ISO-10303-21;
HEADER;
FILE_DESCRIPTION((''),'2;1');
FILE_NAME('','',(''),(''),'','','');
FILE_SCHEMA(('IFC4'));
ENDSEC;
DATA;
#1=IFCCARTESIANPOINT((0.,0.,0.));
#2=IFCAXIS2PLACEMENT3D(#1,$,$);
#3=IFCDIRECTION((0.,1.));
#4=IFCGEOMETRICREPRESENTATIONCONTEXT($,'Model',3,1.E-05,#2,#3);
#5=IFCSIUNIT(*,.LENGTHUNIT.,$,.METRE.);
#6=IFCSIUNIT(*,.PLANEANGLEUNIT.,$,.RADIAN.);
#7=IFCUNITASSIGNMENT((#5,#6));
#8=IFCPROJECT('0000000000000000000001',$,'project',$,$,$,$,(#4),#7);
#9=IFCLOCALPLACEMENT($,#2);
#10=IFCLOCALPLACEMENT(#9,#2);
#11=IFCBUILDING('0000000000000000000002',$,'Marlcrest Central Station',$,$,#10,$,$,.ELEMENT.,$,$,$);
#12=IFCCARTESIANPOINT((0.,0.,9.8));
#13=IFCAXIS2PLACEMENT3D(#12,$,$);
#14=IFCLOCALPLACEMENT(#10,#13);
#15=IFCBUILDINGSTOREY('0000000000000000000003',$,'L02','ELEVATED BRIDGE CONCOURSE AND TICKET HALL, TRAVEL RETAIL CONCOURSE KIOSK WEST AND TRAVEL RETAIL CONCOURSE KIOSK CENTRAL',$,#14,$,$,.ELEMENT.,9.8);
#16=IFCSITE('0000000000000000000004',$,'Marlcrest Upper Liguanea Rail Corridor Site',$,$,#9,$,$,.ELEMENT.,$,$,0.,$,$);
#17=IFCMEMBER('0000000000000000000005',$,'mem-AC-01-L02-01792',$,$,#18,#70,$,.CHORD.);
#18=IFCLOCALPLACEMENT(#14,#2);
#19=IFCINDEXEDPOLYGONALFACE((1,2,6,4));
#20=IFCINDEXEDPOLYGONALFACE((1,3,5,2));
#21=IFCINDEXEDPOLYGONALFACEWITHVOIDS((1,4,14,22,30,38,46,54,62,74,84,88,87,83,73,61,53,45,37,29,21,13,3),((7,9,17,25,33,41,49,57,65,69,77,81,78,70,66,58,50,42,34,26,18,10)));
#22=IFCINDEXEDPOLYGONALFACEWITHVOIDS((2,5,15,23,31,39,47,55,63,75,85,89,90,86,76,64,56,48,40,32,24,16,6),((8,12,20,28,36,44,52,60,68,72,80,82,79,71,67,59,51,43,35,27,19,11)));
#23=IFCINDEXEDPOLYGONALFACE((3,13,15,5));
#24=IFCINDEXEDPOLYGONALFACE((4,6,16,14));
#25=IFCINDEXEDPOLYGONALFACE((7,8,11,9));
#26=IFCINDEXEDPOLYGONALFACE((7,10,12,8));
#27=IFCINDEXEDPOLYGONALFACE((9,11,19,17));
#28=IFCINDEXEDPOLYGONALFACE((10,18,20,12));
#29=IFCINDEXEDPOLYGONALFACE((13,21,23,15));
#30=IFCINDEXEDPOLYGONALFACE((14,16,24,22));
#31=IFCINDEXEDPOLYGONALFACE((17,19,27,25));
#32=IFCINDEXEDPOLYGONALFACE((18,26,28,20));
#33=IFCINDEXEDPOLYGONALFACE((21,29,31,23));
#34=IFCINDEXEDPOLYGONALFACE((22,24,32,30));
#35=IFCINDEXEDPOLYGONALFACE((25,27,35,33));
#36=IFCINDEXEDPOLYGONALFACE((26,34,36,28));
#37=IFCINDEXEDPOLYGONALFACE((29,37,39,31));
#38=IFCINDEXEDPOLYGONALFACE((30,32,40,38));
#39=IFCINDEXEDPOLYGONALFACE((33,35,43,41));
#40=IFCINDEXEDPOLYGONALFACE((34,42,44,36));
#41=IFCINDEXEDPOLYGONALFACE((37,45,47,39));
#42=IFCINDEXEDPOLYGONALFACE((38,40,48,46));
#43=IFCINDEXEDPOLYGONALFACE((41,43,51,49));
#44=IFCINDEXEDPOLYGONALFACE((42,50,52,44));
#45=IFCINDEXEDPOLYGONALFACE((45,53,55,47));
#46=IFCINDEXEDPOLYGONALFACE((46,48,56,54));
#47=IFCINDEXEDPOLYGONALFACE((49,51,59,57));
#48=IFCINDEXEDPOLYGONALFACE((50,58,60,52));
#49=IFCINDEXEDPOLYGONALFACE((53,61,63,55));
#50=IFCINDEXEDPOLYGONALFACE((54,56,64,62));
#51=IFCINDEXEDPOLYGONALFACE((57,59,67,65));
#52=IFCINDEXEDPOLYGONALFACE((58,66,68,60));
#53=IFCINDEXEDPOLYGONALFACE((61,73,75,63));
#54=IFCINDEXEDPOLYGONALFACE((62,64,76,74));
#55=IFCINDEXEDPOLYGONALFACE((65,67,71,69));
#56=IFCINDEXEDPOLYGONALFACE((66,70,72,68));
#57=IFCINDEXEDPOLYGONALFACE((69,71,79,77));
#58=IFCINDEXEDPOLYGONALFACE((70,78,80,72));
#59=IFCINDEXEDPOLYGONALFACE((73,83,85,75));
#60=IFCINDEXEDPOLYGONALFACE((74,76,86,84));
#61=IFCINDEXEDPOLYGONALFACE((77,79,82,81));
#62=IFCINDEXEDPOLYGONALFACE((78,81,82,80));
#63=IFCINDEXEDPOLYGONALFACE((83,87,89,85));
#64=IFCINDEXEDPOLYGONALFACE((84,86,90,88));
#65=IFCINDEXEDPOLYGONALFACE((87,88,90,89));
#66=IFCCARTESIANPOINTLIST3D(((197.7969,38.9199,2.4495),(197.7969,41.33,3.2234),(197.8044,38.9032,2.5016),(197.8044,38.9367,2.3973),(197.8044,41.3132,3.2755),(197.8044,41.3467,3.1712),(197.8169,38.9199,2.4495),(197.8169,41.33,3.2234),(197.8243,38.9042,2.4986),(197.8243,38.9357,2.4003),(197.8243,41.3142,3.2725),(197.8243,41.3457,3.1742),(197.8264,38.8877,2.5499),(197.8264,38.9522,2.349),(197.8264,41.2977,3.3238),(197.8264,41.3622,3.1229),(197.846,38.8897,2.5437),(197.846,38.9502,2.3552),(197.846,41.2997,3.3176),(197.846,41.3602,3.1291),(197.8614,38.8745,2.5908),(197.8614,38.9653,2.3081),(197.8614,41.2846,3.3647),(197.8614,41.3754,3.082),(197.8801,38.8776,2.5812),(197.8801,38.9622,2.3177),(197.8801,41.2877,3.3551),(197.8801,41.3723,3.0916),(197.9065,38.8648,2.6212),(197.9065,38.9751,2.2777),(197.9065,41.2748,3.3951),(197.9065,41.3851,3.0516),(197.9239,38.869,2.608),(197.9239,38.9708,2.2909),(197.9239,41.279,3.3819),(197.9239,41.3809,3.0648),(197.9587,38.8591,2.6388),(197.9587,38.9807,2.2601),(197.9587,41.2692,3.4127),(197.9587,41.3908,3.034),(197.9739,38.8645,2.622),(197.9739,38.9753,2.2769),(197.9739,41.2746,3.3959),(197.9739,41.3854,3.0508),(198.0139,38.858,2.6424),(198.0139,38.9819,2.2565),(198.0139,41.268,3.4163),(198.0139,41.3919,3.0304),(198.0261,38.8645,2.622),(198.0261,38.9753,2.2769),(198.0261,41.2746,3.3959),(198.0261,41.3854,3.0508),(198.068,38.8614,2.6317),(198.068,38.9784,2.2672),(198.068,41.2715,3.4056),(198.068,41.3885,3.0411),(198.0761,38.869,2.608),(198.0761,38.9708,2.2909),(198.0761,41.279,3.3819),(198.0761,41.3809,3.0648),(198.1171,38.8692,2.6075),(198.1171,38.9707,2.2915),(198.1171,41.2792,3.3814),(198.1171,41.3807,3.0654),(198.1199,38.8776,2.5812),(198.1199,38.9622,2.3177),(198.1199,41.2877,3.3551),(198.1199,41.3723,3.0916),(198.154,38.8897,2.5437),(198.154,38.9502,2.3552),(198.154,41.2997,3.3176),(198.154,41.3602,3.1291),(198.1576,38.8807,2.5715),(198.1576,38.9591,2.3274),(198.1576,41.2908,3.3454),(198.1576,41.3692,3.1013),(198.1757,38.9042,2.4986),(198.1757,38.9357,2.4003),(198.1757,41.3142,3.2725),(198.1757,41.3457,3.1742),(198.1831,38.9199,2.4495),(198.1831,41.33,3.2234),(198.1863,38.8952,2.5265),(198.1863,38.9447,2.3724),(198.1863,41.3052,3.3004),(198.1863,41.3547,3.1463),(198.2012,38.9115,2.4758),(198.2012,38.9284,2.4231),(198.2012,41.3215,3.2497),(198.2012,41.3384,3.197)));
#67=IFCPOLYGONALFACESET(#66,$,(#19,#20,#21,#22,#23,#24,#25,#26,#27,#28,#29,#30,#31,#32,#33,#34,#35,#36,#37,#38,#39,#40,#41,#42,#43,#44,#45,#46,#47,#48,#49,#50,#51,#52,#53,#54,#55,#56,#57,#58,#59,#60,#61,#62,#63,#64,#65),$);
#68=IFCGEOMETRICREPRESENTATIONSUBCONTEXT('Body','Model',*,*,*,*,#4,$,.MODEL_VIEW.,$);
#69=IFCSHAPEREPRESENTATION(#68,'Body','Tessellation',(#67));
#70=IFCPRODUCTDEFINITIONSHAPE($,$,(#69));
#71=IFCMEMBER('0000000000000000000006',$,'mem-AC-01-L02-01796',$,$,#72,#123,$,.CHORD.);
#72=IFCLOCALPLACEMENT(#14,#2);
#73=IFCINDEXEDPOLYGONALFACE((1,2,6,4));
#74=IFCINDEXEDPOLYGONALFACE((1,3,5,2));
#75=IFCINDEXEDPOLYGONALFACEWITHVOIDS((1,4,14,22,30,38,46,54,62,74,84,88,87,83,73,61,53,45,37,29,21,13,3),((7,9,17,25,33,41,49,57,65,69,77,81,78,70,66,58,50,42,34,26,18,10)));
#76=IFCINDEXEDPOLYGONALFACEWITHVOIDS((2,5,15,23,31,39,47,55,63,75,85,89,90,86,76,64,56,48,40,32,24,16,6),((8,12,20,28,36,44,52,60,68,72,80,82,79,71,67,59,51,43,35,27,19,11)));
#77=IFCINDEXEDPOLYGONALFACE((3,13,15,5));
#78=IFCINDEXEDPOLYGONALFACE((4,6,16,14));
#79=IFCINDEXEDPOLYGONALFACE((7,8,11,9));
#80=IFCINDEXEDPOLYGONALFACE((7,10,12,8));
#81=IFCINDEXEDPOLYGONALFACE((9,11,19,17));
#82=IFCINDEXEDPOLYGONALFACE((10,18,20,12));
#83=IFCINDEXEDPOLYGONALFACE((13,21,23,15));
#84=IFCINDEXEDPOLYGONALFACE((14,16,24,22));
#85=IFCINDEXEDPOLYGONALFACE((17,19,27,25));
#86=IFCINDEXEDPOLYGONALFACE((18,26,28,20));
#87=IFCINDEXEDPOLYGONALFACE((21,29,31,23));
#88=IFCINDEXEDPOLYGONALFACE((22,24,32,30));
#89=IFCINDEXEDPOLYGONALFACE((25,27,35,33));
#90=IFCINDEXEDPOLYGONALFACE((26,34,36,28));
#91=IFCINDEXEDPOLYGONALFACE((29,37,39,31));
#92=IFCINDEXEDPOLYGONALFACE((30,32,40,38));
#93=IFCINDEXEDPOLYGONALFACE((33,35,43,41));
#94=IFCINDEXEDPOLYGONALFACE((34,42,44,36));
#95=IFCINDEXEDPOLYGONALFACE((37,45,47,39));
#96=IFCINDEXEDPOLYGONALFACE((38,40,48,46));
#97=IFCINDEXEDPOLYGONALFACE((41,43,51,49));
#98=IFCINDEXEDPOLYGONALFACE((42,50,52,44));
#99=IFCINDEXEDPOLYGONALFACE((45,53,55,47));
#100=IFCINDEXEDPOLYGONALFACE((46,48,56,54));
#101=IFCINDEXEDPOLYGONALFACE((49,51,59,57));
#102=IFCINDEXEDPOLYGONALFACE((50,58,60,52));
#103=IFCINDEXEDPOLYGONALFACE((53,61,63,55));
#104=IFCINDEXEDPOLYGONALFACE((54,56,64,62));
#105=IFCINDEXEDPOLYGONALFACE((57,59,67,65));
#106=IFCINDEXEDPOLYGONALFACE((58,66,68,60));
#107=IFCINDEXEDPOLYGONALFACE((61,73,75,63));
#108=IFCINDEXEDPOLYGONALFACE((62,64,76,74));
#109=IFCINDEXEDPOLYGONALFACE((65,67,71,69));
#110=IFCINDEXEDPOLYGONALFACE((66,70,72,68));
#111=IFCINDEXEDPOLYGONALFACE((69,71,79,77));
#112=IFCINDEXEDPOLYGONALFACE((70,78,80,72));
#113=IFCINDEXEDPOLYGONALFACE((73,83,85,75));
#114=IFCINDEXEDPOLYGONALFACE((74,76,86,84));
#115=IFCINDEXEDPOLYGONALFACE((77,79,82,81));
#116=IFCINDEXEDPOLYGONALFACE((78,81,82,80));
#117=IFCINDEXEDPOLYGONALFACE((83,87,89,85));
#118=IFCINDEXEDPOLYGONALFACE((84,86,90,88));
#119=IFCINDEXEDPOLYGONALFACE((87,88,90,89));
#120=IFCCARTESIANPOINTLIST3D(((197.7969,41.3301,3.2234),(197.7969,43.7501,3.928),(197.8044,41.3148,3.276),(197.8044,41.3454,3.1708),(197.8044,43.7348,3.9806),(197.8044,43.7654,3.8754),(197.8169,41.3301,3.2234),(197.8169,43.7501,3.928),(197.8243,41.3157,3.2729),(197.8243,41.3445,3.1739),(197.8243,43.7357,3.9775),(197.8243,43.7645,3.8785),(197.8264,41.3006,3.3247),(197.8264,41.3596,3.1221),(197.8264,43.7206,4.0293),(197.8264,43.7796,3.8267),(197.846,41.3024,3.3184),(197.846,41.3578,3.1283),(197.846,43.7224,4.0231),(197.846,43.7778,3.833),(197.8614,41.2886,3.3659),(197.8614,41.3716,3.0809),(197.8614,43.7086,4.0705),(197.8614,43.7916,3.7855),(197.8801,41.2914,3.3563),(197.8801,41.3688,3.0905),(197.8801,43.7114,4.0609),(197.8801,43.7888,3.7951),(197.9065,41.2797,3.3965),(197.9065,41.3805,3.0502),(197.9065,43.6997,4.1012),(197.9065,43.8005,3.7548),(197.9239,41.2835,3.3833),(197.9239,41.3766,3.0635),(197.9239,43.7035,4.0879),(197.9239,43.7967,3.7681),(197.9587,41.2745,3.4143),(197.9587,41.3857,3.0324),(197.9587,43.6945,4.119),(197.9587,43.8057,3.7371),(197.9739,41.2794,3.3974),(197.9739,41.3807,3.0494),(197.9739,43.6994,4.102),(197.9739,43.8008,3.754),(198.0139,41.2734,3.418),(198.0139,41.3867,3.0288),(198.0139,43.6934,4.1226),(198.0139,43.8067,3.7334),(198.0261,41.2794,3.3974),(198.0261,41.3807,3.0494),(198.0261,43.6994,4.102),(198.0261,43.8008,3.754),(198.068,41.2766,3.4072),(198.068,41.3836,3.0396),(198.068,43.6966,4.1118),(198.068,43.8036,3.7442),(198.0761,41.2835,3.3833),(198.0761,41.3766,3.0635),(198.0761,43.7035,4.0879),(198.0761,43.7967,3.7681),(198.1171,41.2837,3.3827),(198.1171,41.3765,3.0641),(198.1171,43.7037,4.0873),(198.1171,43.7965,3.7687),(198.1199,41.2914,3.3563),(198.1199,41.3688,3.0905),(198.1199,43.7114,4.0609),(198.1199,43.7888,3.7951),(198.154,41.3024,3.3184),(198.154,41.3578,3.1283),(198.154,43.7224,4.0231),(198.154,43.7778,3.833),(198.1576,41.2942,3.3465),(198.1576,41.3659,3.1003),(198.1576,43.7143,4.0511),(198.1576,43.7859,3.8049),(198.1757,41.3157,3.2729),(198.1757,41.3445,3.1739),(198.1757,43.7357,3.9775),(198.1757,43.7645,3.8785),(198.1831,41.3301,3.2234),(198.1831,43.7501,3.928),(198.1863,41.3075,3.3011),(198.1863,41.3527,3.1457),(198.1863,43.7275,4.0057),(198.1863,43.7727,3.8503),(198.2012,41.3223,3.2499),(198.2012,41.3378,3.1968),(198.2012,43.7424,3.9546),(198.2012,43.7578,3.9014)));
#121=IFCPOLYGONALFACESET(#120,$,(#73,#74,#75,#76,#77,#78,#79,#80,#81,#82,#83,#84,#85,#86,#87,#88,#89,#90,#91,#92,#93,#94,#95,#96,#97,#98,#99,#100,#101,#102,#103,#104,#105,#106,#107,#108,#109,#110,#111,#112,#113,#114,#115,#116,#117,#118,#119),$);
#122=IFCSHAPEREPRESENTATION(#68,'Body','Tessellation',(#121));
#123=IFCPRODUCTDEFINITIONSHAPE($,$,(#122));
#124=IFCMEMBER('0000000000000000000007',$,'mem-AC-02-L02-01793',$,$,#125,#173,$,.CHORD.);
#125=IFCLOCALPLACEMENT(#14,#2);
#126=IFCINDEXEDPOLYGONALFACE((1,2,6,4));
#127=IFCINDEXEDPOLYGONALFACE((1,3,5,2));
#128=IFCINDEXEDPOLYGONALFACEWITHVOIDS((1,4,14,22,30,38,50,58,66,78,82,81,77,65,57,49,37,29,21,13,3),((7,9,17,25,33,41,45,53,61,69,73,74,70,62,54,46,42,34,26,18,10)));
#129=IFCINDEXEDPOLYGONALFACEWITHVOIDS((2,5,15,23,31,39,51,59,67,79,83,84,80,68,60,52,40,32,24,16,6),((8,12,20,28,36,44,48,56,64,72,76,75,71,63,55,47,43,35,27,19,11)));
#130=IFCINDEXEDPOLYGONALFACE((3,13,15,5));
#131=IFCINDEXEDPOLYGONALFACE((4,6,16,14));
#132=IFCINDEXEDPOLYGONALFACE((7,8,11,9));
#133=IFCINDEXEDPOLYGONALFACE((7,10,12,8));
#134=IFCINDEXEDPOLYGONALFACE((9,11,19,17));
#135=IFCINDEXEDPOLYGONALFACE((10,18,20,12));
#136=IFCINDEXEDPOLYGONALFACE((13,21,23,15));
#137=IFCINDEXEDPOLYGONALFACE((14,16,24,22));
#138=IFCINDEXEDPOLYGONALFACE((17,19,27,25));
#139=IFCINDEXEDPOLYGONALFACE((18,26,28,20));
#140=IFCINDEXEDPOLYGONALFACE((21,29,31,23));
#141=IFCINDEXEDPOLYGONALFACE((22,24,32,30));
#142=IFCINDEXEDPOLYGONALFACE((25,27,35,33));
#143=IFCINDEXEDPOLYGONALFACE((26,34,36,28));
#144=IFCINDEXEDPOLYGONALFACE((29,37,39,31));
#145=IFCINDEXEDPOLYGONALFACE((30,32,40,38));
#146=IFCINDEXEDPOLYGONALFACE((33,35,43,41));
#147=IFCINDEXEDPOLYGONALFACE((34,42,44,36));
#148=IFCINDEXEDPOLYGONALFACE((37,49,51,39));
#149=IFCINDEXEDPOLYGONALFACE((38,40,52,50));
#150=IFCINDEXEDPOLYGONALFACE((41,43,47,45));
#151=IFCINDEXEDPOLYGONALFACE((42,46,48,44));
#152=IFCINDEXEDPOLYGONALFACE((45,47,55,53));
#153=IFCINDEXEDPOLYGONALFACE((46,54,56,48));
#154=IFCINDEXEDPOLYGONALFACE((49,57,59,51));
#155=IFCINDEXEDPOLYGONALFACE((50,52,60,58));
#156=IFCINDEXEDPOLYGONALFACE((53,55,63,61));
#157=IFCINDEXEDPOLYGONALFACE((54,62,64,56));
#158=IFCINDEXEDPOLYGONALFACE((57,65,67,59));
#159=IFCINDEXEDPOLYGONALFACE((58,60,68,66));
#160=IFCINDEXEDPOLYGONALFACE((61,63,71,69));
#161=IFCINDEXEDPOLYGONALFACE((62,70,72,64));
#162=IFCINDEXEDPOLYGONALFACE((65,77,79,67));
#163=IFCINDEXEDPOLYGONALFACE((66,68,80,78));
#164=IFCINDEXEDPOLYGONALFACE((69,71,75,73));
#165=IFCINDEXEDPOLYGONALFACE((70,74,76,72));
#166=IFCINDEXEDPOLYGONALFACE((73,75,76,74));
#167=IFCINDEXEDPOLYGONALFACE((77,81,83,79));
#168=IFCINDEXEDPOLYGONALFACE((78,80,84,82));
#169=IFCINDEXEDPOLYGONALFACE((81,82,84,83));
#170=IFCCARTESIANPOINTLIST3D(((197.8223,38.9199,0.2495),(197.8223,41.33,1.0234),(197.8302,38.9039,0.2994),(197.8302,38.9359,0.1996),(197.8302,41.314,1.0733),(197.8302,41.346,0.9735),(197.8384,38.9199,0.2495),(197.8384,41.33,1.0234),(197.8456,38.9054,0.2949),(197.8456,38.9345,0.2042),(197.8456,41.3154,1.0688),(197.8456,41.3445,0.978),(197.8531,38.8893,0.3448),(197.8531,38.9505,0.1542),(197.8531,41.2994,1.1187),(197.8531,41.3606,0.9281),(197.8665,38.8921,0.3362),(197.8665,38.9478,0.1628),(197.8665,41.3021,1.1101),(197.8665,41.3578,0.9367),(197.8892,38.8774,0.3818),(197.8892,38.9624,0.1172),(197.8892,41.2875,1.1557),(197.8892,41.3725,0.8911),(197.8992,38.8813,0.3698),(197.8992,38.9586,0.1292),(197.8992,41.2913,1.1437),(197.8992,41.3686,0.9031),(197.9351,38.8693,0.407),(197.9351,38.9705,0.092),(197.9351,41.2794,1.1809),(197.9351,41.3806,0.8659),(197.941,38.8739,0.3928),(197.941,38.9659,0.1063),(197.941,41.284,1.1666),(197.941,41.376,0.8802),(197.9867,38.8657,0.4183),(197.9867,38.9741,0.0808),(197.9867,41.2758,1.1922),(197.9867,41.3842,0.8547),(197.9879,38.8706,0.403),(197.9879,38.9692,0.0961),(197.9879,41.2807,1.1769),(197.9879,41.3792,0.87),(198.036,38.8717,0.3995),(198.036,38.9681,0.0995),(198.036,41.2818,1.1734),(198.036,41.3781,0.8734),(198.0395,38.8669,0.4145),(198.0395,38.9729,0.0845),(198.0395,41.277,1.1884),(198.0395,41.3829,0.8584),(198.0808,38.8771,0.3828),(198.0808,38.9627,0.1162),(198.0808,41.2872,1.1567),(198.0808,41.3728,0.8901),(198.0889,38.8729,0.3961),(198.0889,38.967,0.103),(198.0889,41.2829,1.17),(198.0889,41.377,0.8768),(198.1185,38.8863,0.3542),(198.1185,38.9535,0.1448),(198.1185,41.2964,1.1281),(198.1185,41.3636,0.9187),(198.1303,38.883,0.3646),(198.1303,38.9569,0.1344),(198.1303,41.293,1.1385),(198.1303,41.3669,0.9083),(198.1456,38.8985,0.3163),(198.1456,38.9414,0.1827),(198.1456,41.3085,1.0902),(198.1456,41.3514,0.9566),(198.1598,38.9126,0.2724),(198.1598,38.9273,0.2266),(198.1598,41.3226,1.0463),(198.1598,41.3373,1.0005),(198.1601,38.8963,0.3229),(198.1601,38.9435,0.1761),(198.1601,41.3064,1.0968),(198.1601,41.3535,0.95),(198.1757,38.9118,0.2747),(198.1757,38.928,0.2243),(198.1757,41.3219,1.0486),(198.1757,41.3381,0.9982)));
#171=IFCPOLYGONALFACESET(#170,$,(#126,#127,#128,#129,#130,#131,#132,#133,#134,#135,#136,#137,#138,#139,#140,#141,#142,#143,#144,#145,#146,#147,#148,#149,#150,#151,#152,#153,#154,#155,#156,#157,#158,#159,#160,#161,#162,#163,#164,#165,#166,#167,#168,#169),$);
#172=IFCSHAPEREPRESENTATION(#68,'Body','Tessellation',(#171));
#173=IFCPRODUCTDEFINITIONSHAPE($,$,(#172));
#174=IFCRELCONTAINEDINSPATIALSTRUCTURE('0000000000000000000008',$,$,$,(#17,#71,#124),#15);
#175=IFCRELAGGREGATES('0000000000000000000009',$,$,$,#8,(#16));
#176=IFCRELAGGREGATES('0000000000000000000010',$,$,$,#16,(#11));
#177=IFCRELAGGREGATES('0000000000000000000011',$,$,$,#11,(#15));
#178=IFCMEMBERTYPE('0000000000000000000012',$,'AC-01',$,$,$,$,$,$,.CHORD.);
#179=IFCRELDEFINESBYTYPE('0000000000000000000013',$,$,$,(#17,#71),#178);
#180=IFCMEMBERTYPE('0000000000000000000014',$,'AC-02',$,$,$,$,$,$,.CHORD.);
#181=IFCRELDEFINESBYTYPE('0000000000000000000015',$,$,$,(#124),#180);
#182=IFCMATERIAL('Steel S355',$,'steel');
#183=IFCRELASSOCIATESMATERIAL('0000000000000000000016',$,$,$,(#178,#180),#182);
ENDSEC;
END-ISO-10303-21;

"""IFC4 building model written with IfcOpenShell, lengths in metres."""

from ifc_helpers import new_model, si_unit, direction, frame, origin, origin_2d, place, context, subcontext, project, spatial, hollow_circle, extrude, material, material_profile, profile_set, type_object, element, save


model = new_model("IFC4")

# Units and contexts
model_context = context("Model", 3, precision=1e-05, world=origin(), true_north=direction((0.0, 1.0)))
body_context = subcontext(model_context, "Body", "Model", "MODEL_VIEW")
ifc_project = project(units=[si_unit("LENGTHUNIT", "METRE"), si_unit("PLANEANGLEUNIT", "RADIAN")], contexts=[model_context])

# Site, building, storey
site_placement = place(None, origin())
site = spatial("IfcSite", under=ifc_project, at=site_placement, Name="Marlcrest Upper Liguanea Rail Corridor Site", CompositionType="ELEMENT", RefElevation=0.0)
building_placement = place(site_placement, origin())
building = spatial("IfcBuilding", under=site, at=building_placement, Name="Marlcrest Central Station", CompositionType="ELEMENT")
storey_placement = place(building_placement, frame((0.0, 0.0, 9.8)))
storey = spatial("IfcBuildingStorey", under=building, at=storey_placement, Name="L02", Description="ELEVATED BRIDGE CONCOURSE AND TICKET HALL, TRAVEL RETAIL CONCOURSE KIOSK WEST AND TRAVEL RETAIL CONCOURSE KIOSK CENTRAL", CompositionType="ELEMENT", Elevation=9.8)

# Members
ifc_material_1 = material(Name="Steel S355", Category="steel")
ifc_material_profile_1 = material_profile(ifc_material_1, hollow_circle(Radius=0.2031, WallThickness=0.02, at=origin_2d()), Name="CHS 406.4x20")
ifc_profile_set_1 = profile_set([ifc_material_profile_1], Name="Steel S355")
member_type_1 = type_object("IfcMemberType", Name="AC-01", PredefinedType="CHORD", material=ifc_profile_set_1)
member_1_placement = place(storey_placement, frame((198.0, 38.9199, 2.4495), z_axis=(0.0, 0.952117, 0.305734), x_axis=(-1.0, 0.0, 0.0)))
element("IfcMember", 1, at=member_1_placement, inside=storey, type_object=member_type_1, Name="mem-AC-01-L02-01792", PredefinedType="CHORD", context=body_context, shape_type="SweptSolid", body=[
    extrude(hollow_circle(Radius=0.2031, WallThickness=0.02, at=origin_2d()), origin(), (0.0, 0.0, 1.0), 2.5312),
])
member_2_placement = place(storey_placement, frame((198.0, 41.3301, 3.2234), z_axis=(0.0, 0.96013, 0.279554), x_axis=(-1.0, 0.0, 0.0)))
element("IfcMember", 2, at=member_2_placement, inside=storey, type_object=member_type_1, Name="mem-AC-01-L02-01796", PredefinedType="CHORD", context=body_context, shape_type="SweptSolid", body=[
    extrude(hollow_circle(Radius=0.2031, WallThickness=0.02, at=origin_2d()), origin(), (0.0, 0.0, 1.0), 2.5205),
])
ifc_material_profile_2 = material_profile(ifc_material_1, hollow_circle(Radius=0.1777, WallThickness=0.0161, at=origin_2d()), Name="CHS 355.6x16")
ifc_profile_set_2 = profile_set([ifc_material_profile_2], Name="Steel S355")
member_type_2 = type_object("IfcMemberType", Name="AC-02", PredefinedType="CHORD", material=ifc_profile_set_2)
member_3_placement = place(storey_placement, frame((198.0, 38.9199, 0.2495), z_axis=(0.0, 0.952117, 0.305734), x_axis=(-1.0, 0.0, 0.0)))
element("IfcMember", 3, at=member_3_placement, inside=storey, type_object=member_type_2, Name="mem-AC-02-L02-01793", PredefinedType="CHORD", context=body_context, shape_type="SweptSolid", body=[
    extrude(hollow_circle(Radius=0.1777, WallThickness=0.0161, at=origin_2d()), origin(), (0.0, 0.0, 1.0), 2.5312),
])

save(model, "model.ifc")
